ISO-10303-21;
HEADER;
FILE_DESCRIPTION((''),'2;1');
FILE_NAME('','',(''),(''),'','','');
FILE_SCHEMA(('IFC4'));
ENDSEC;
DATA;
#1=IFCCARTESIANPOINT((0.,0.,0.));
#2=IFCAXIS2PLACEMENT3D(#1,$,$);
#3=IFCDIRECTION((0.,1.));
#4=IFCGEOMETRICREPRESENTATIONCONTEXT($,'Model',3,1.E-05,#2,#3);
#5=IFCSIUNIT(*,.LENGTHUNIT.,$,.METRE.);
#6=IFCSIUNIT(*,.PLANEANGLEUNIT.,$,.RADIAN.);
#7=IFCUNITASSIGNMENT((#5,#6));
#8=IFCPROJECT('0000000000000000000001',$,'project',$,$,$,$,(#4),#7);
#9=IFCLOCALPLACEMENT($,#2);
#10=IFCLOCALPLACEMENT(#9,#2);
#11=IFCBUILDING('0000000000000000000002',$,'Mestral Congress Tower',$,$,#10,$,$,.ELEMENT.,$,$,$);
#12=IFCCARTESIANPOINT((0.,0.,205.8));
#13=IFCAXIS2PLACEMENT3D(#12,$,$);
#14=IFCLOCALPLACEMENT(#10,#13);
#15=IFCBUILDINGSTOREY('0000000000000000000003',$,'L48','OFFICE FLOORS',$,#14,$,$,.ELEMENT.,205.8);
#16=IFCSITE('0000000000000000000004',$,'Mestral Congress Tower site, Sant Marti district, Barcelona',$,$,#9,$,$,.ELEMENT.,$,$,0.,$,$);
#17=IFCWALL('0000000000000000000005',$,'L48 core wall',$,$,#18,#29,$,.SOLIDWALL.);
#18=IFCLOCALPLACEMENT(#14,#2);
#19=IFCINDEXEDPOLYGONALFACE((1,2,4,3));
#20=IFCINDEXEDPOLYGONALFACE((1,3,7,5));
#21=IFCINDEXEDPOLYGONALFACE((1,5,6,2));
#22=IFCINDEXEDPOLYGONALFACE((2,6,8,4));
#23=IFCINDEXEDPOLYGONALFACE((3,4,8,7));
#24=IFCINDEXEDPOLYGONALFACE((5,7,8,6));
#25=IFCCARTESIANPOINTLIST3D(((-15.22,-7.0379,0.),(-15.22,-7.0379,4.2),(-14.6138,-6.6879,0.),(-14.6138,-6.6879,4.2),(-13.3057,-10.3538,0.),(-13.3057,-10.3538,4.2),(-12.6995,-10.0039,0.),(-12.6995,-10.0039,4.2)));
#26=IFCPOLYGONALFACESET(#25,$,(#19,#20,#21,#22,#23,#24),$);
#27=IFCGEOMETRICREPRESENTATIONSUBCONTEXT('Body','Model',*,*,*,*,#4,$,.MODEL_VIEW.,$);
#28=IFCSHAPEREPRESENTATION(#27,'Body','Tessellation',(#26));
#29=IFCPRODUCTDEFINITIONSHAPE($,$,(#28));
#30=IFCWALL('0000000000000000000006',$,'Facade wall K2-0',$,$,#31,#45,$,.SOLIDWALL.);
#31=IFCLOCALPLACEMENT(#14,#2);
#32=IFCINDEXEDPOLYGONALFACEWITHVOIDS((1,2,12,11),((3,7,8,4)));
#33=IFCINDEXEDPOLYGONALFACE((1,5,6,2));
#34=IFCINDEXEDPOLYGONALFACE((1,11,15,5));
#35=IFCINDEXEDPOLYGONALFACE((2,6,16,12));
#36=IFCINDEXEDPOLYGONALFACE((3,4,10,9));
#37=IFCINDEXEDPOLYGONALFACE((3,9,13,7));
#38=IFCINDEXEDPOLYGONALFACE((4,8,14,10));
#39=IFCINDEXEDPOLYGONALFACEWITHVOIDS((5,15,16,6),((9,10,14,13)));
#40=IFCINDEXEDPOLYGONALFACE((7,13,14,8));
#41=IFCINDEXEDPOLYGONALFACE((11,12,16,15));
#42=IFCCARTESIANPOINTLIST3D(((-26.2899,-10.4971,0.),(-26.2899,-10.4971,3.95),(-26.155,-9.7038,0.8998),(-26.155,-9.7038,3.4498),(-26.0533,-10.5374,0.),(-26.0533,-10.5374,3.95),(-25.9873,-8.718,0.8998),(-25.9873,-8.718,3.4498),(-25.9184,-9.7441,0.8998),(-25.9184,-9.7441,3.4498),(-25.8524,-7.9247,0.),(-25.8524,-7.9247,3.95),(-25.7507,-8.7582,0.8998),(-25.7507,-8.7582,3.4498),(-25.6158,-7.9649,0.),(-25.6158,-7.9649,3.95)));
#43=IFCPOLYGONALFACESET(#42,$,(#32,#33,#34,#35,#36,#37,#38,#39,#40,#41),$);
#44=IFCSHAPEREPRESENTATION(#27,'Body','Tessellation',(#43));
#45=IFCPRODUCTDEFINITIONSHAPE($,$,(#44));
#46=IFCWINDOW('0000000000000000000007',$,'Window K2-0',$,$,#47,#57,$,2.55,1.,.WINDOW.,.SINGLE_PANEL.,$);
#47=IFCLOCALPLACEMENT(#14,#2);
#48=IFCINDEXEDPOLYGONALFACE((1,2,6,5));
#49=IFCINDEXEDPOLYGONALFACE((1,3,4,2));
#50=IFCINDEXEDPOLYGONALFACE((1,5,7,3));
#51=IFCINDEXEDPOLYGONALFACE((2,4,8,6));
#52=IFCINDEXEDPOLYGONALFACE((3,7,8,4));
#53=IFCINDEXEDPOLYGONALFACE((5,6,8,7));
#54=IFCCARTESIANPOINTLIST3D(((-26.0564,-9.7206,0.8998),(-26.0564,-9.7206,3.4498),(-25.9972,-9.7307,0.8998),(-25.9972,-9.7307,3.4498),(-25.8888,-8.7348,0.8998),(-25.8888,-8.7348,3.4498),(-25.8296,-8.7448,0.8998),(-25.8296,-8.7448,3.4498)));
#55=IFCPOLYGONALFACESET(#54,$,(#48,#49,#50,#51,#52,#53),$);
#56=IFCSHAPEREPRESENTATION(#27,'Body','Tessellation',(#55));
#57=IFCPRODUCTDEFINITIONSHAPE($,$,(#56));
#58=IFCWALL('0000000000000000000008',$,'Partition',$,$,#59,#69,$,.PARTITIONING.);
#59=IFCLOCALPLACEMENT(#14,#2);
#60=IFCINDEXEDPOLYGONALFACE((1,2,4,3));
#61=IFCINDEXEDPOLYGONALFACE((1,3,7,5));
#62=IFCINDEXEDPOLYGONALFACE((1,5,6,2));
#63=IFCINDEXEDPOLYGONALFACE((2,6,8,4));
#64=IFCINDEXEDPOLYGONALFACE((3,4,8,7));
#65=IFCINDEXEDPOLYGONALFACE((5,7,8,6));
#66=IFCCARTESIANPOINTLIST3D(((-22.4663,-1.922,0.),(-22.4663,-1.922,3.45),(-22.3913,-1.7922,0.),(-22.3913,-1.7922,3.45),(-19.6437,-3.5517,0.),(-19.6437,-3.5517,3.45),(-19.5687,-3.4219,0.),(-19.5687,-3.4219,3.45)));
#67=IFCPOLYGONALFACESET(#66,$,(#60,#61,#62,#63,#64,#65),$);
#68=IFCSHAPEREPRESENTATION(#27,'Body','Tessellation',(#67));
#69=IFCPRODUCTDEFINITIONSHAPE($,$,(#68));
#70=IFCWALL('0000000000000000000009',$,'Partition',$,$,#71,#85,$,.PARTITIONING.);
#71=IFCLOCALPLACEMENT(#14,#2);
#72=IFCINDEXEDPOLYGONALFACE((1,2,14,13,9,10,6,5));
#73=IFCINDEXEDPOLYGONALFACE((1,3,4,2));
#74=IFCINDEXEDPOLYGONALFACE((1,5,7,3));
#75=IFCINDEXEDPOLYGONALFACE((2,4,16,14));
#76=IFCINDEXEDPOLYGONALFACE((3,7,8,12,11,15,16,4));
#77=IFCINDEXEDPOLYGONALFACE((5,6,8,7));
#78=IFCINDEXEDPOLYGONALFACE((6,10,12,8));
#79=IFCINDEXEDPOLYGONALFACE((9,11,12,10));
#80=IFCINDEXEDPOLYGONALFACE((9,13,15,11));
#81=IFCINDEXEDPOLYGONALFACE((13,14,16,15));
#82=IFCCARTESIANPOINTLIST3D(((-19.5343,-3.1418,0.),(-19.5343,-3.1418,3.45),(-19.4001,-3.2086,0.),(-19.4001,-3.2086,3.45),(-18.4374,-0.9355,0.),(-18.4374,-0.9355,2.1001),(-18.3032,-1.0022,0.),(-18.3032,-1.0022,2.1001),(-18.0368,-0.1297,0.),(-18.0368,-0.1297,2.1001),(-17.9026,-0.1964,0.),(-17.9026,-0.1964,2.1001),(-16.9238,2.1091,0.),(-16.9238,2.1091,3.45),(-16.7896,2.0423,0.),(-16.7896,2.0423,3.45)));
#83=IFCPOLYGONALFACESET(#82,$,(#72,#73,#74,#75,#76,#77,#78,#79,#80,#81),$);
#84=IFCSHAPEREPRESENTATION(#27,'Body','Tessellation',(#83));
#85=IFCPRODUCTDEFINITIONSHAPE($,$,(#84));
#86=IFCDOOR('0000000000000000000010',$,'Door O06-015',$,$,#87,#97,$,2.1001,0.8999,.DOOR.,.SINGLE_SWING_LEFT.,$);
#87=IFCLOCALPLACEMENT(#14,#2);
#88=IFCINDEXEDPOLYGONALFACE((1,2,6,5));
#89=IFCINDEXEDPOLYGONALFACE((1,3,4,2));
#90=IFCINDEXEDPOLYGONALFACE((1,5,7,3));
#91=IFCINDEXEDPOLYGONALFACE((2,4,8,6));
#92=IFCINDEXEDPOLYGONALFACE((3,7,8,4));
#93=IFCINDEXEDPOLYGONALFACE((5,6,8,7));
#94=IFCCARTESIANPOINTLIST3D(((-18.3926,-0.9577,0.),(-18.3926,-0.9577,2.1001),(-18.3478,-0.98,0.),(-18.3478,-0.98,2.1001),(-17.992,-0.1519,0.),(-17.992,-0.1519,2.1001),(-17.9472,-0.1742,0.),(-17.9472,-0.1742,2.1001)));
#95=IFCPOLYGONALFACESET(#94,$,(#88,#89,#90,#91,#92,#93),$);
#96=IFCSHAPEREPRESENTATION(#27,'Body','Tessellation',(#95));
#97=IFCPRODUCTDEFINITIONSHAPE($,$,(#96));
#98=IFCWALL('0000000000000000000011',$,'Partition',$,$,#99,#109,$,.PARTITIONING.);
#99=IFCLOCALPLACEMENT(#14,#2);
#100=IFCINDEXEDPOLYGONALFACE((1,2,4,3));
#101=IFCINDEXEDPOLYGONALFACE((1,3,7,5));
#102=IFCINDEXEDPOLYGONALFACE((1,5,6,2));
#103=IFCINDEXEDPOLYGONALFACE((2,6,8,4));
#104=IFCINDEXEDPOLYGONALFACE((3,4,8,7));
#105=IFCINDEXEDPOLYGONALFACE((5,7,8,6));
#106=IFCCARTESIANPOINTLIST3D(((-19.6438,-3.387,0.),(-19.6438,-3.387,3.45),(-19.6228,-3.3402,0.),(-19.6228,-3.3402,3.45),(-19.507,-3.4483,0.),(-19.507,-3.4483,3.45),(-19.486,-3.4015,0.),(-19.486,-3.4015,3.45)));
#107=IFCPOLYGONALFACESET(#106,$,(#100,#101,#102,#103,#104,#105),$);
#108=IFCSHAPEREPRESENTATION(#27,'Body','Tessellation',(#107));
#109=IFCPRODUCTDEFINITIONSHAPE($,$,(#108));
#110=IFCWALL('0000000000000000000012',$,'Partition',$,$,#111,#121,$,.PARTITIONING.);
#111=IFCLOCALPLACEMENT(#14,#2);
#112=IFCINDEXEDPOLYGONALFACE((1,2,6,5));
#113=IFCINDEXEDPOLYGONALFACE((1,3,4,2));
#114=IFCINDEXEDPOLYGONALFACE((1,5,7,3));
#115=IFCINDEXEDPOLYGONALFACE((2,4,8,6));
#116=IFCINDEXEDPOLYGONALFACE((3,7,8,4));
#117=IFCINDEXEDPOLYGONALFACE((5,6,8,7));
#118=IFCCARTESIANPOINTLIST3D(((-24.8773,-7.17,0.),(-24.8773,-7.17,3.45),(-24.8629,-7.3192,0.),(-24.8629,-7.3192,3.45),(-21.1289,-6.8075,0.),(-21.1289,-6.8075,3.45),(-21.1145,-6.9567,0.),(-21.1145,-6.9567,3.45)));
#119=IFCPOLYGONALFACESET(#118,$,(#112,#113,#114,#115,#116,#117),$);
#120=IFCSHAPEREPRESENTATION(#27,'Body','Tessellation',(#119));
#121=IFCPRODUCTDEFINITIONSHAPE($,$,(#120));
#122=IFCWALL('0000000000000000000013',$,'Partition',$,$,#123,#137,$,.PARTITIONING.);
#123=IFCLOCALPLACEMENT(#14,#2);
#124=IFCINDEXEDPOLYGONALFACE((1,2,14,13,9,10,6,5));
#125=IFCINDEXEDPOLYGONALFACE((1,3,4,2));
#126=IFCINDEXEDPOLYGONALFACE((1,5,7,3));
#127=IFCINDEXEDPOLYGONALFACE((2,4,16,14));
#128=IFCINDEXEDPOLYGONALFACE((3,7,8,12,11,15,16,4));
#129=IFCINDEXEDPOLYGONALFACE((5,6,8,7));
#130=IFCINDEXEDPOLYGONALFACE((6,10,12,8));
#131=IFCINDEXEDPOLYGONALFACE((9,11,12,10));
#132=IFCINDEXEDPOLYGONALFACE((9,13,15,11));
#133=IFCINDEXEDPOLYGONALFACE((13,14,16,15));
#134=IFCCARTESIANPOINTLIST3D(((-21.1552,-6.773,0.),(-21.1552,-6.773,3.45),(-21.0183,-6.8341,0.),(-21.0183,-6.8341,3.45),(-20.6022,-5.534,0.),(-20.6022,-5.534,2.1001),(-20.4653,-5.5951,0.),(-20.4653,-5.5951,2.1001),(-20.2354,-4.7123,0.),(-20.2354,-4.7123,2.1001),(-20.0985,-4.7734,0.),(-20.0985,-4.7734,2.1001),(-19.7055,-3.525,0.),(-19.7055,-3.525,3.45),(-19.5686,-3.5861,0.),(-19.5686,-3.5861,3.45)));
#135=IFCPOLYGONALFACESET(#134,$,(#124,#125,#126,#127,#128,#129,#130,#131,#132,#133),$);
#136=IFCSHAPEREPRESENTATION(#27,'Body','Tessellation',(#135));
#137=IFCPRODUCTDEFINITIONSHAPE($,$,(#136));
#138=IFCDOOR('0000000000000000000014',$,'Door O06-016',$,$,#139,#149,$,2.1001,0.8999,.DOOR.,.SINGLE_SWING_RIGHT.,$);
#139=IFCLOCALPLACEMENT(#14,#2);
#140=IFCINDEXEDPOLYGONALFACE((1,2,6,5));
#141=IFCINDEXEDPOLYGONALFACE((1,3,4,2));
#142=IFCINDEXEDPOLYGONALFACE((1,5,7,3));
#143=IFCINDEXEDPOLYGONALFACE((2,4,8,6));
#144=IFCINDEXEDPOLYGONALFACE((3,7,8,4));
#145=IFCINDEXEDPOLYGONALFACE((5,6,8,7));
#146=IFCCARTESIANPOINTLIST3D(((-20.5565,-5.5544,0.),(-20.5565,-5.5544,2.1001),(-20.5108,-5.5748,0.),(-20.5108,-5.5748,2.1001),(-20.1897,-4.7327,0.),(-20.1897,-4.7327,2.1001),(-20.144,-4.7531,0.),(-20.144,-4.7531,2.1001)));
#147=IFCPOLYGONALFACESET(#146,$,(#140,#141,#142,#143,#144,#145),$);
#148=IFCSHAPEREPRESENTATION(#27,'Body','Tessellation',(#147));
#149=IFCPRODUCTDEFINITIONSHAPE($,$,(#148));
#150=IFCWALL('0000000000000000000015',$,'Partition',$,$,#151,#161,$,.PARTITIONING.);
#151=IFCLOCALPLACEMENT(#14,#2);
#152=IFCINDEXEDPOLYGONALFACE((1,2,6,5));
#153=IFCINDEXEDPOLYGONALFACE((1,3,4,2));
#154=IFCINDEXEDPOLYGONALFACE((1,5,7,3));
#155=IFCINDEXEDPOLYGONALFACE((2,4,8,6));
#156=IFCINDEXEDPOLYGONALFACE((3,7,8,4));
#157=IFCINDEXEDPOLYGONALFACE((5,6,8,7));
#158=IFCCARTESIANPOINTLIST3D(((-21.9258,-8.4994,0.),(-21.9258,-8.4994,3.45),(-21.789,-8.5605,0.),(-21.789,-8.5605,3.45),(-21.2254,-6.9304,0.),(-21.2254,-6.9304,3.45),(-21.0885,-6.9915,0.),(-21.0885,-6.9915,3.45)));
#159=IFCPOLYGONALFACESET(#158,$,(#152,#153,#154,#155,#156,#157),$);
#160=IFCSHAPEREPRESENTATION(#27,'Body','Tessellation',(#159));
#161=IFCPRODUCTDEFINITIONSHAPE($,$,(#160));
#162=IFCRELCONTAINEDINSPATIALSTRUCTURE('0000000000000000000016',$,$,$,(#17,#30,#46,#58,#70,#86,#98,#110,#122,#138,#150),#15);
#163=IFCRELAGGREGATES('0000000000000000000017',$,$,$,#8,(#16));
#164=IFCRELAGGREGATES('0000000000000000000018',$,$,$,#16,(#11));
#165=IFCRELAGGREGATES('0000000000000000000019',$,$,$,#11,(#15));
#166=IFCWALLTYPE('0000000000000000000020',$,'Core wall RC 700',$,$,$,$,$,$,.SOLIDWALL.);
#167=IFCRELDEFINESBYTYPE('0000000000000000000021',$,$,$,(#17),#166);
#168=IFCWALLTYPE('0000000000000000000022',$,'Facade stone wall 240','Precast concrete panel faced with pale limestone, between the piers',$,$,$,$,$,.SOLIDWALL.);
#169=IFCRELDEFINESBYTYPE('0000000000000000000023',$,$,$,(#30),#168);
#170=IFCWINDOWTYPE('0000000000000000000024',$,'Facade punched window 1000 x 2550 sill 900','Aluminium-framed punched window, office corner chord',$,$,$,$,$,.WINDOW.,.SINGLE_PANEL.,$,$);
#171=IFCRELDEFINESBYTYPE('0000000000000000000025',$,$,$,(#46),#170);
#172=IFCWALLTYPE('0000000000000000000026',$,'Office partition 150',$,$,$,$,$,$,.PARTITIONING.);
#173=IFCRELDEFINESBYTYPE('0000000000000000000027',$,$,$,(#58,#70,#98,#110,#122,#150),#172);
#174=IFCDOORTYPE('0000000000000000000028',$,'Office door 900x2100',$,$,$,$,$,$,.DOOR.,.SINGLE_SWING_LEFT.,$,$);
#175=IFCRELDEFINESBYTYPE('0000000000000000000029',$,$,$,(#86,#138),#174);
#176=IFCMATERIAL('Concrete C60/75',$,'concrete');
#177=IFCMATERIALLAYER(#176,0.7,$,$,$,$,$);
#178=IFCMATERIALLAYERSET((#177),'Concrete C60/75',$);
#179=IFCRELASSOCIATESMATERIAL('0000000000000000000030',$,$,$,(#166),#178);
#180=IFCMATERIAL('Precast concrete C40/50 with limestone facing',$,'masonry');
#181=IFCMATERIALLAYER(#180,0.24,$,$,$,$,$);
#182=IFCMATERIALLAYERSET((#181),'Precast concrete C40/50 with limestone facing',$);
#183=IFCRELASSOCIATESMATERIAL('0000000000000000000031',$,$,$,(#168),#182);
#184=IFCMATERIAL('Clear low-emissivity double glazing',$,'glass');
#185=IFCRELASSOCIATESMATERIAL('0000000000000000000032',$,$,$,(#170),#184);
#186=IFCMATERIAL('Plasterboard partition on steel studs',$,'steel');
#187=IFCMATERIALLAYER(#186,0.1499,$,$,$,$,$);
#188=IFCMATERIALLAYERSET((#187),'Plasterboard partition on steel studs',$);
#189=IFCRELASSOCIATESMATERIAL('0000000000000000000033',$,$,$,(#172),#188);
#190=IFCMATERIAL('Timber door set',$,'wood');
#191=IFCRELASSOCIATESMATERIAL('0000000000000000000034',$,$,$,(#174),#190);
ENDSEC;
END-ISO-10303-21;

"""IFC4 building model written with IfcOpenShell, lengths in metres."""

from ifc_helpers import new_model, si_unit, direction, frame, frame_2d, origin, place, context, subcontext, project, spatial, rectangle, extrude, material, layer, layer_set, type_object, element, fill, save


model = new_model("IFC4")

# Units and contexts
model_context = context("Model", 3, precision=1e-05, world=origin(), true_north=direction((0.0, 1.0)))
body_context = subcontext(model_context, "Body", "Model", "MODEL_VIEW")
ifc_project = project(units=[si_unit("LENGTHUNIT", "METRE"), si_unit("PLANEANGLEUNIT", "RADIAN")], contexts=[model_context])

# Site, building, storey
site_placement = place(None, origin())
site = spatial("IfcSite", under=ifc_project, at=site_placement, Name="Mestral Congress Tower site, Sant Marti district, Barcelona", CompositionType="ELEMENT", RefElevation=0.0)
building_placement = place(site_placement, origin())
building = spatial("IfcBuilding", under=site, at=building_placement, Name="Mestral Congress Tower", CompositionType="ELEMENT")
storey_placement = place(building_placement, frame((0.0, 0.0, 205.8)))
storey = spatial("IfcBuildingStorey", under=building, at=storey_placement, Name="L48", Description="OFFICE FLOORS", CompositionType="ELEMENT", Elevation=205.8)

# Shared definitions
ifc_material_1 = material(Name="Concrete C60/75", Category="concrete")

# Wall
ifc_layer_1 = layer(ifc_material_1, 0.7)
ifc_layer_set_1 = layer_set([ifc_layer_1], Name="Concrete C60/75")
wall_type_1 = type_object("IfcWallType", Name="Core wall RC 700", PredefinedType="SOLIDWALL", material=ifc_layer_set_1)
wall_1_placement = place(storey_placement, frame((-14.917, -6.8628, 0.0), z_axis=(0.0, 0.0, 1.0), x_axis=(0.499973, -0.866041, 0.0)))
element("IfcWall", 1, at=wall_1_placement, inside=storey, type_object=wall_type_1, Name="L48 core wall", PredefinedType="SOLIDWALL", context=body_context, shape_type="SweptSolid", body=[
    extrude(rectangle(XDim=3.8289, YDim=0.7, at=frame_2d((1.9146, 0.0))), origin(), (0.0, 0.0, 1.0), 4.2),
])

# Wall, opening, window
ifc_material_2 = material(Name="Precast concrete C40/50 with limestone facing", Category="masonry")
ifc_layer_2 = layer(ifc_material_2, 0.24)
ifc_layer_set_2 = layer_set([ifc_layer_2], Name="Precast concrete C40/50 with limestone facing")
wall_type_2 = type_object("IfcWallType", Name="Facade stone wall 240", Description="Precast concrete panel faced with pale limestone, between the piers", PredefinedType="SOLIDWALL", material=ifc_layer_set_2)
wall_2_placement = place(storey_placement, frame((-25.7341, -7.9448, 0.0), z_axis=(0.0, 0.0, 1.0), x_axis=(-0.16766, -0.985845, 0.0)))
wall_2 = element("IfcWall", 2, at=wall_2_placement, inside=storey, type_object=wall_type_2, Name="Facade wall K2-0", PredefinedType="SOLIDWALL", context=body_context, shape_type="SweptSolid", body=[
    extrude(rectangle(XDim=2.6094, YDim=0.24, at=frame_2d((1.3047, 0.0))), origin(), (0.0, 0.0, 1.0), 3.95),
])
opening_1_placement = place(wall_2_placement, frame((0.8047, 0.0, 0.8999)))
opening_1 = element("IfcOpeningElement", 3, at=opening_1_placement, cuts=wall_2, PredefinedType="OPENING", context=body_context, shape_type="SweptSolid", body=[
    extrude(rectangle(XDim=1.0, YDim=2.55, at=frame_2d((0.5, 1.2749))), frame((0.0, 0.1299, 0.0), z_axis=(0.0, -1.0, 0.0), x_axis=(1.0, 0.0, 0.0)), (0.0, 0.0, 1.0), 0.26),
])
ifc_material_3 = material(Name="Clear low-emissivity double glazing", Category="glass")
window_type = type_object("IfcWindowType", Name="Facade punched window 1000 x 2550 sill 900", Description="Aluminium-framed punched window, office corner chord", PartitioningType="SINGLE_PANEL", PredefinedType="WINDOW", material=ifc_material_3)
window_placement = place(opening_1_placement, origin())
window = element("IfcWindow", 4, at=window_placement, inside=storey, type_object=window_type, Name="Window K2-0", OverallHeight=2.55, OverallWidth=1.0, PartitioningType="SINGLE_PANEL", PredefinedType="WINDOW", context=body_context, shape_type="SweptSolid", body=[
    extrude(rectangle(XDim=1.0, YDim=2.55, at=frame_2d((0.5, 1.2749))), frame((0.0, 0.04, 0.0), z_axis=(0.0, -1.0, 0.0), x_axis=(1.0, 0.0, 0.0)), (0.0, 0.0, 1.0), 0.0601),
])
fill(opening_1, window)

# Wall
ifc_material_4 = material(Name="Plasterboard partition on steel studs", Category="steel")
ifc_layer_3 = layer(ifc_material_4, 0.1499)
ifc_layer_set_3 = layer_set([ifc_layer_3], Name="Plasterboard partition on steel studs")
wall_type_3 = type_object("IfcWallType", Name="Office partition 150", PredefinedType="PARTITIONING", material=ifc_layer_set_3)
wall_3_placement = place(storey_placement, frame((-19.6062, -3.4868, 0.0), z_axis=(0.0, 0.0, 1.0), x_axis=(-0.866017, 0.500014, 0.0)))
element("IfcWall", 5, at=wall_3_placement, inside=storey, type_object=wall_type_3, Name="Partition", PredefinedType="PARTITIONING", context=body_context, shape_type="SweptSolid", body=[
    extrude(rectangle(XDim=3.2593, YDim=0.1499, at=frame_2d((1.6296, 0.0))), origin(), (0.0, 0.0, 1.0), 3.45),
])

# Wall, opening, door
wall_4_placement = place(storey_placement, frame((-19.4673, -3.1753, 0.0), z_axis=(0.0, 0.0, 1.0), x_axis=(0.445181, 0.895441, 0.0)))
wall_4 = element("IfcWall", 6, at=wall_4_placement, inside=storey, type_object=wall_type_3, Name="Partition", PredefinedType="PARTITIONING", context=body_context, shape_type="SweptSolid", body=[
    extrude(rectangle(XDim=5.864, YDim=0.1499, at=frame_2d((2.9321, 0.0))), origin(), (0.0, 0.0, 1.0), 3.45),
])
opening_2_placement = place(wall_4_placement, frame((2.4641, 0.0, 0.0)))
opening_2 = element("IfcOpeningElement", 7, at=opening_2_placement, cuts=wall_4, PredefinedType="OPENING", context=body_context, shape_type="SweptSolid", body=[
    extrude(rectangle(XDim=0.8999, YDim=2.1001, at=frame_2d((0.45, 1.05))), frame((0.0, 0.085, 0.0), z_axis=(0.0, -1.0, 0.0), x_axis=(1.0, 0.0, 0.0)), (0.0, 0.0, 1.0), 0.1699),
])
ifc_material_5 = material(Name="Timber door set", Category="wood")
door_type_1 = type_object("IfcDoorType", Name="Office door 900x2100", OperationType="SINGLE_SWING_LEFT", PredefinedType="DOOR", material=ifc_material_5)
door_1_placement = place(opening_2_placement, origin())
door_1 = element("IfcDoor", 8, at=door_1_placement, inside=storey, type_object=door_type_1, Name="Door O06-015", OperationType="SINGLE_SWING_LEFT", OverallHeight=2.1001, OverallWidth=0.8999, PredefinedType="DOOR", context=body_context, shape_type="SweptSolid", body=[
    extrude(rectangle(XDim=0.8999, YDim=2.1001, at=frame_2d((0.45, 1.05))), frame((0.0, 0.0249, 0.0), z_axis=(0.0, -1.0, 0.0), x_axis=(1.0, 0.0, 0.0)), (0.0, 0.0, 1.0), 0.05),
])
fill(opening_2, door_1)

# Walls
wall_5_placement = place(storey_placement, frame((-19.5544, -3.3708, 0.0), z_axis=(0.0, 0.0, 1.0), x_axis=(-0.408783, -0.912632, 0.0)))
element("IfcWall", 9, at=wall_5_placement, inside=storey, type_object=wall_type_3, Name="Partition", PredefinedType="PARTITIONING", context=body_context, shape_type="SweptSolid", body=[
    extrude(rectangle(XDim=0.0513, YDim=0.1499, at=frame_2d((0.0256, 0.0))), origin(), (0.0, 0.0, 1.0), 3.45),
])
wall_6_placement = place(storey_placement, frame((-21.1218, -6.8821, 0.0), z_axis=(0.0, 0.0, 1.0), x_axis=(-0.995355, -0.096274, 0.0)))
element("IfcWall", 10, at=wall_6_placement, inside=storey, type_object=wall_type_3, Name="Partition", PredefinedType="PARTITIONING", context=body_context, shape_type="SweptSolid", body=[
    extrude(rectangle(XDim=3.7659, YDim=0.1499, at=frame_2d((1.8828, 0.0))), origin(), (0.0, 0.0, 1.0), 3.45),
])

# Wall, opening, door
wall_7_placement = place(storey_placement, frame((-21.0867, -6.8035, 0.0), z_axis=(0.0, 0.0, 1.0), x_axis=(0.407577, 0.913171, 0.0)))
wall_7 = element("IfcWall", 11, at=wall_7_placement, inside=storey, type_object=wall_type_3, Name="Partition", PredefinedType="PARTITIONING", context=body_context, shape_type="SweptSolid", body=[
    extrude(rectangle(XDim=3.5569, YDim=0.1499, at=frame_2d((1.7783, 0.0))), origin(), (0.0, 0.0, 1.0), 3.45),
])
opening_3_placement = place(wall_7_placement, frame((1.3567, 0.0, 0.0)))
opening_3 = element("IfcOpeningElement", 12, at=opening_3_placement, cuts=wall_7, PredefinedType="OPENING", context=body_context, shape_type="SweptSolid", body=[
    extrude(rectangle(XDim=0.8999, YDim=2.1001, at=frame_2d((0.45, 1.05))), frame((0.0, 0.085, 0.0), z_axis=(0.0, -1.0, 0.0), x_axis=(1.0, 0.0, 0.0)), (0.0, 0.0, 1.0), 0.1699),
])
door_2_placement = place(opening_3_placement, origin())
door_2 = element("IfcDoor", 13, at=door_2_placement, inside=storey, type_object=door_type_1, Name="Door O06-016", OperationType="SINGLE_SWING_RIGHT", OverallHeight=2.1001, OverallWidth=0.8999, PredefinedType="DOOR", context=body_context, shape_type="SweptSolid", body=[
    extrude(rectangle(XDim=0.8999, YDim=2.1001, at=frame_2d((0.45, 1.05))), frame((0.0, 0.0249, 0.0), z_axis=(0.0, -1.0, 0.0), x_axis=(1.0, 0.0, 0.0)), (0.0, 0.0, 1.0), 0.05),
])
fill(opening_3, door_2)

# Wall
wall_8_placement = place(storey_placement, frame((-21.157, -6.9609, 0.0), z_axis=(0.0, 0.0, 1.0), x_axis=(-0.407628, -0.913148, 0.0)))
element("IfcWall", 14, at=wall_8_placement, inside=storey, type_object=wall_type_3, Name="Partition", PredefinedType="PARTITIONING", context=body_context, shape_type="SweptSolid", body=[
    extrude(rectangle(XDim=1.7183, YDim=0.1499, at=frame_2d((0.8591, 0.0))), origin(), (0.0, 0.0, 1.0), 3.45),
])

save(model, "model.ifc")
